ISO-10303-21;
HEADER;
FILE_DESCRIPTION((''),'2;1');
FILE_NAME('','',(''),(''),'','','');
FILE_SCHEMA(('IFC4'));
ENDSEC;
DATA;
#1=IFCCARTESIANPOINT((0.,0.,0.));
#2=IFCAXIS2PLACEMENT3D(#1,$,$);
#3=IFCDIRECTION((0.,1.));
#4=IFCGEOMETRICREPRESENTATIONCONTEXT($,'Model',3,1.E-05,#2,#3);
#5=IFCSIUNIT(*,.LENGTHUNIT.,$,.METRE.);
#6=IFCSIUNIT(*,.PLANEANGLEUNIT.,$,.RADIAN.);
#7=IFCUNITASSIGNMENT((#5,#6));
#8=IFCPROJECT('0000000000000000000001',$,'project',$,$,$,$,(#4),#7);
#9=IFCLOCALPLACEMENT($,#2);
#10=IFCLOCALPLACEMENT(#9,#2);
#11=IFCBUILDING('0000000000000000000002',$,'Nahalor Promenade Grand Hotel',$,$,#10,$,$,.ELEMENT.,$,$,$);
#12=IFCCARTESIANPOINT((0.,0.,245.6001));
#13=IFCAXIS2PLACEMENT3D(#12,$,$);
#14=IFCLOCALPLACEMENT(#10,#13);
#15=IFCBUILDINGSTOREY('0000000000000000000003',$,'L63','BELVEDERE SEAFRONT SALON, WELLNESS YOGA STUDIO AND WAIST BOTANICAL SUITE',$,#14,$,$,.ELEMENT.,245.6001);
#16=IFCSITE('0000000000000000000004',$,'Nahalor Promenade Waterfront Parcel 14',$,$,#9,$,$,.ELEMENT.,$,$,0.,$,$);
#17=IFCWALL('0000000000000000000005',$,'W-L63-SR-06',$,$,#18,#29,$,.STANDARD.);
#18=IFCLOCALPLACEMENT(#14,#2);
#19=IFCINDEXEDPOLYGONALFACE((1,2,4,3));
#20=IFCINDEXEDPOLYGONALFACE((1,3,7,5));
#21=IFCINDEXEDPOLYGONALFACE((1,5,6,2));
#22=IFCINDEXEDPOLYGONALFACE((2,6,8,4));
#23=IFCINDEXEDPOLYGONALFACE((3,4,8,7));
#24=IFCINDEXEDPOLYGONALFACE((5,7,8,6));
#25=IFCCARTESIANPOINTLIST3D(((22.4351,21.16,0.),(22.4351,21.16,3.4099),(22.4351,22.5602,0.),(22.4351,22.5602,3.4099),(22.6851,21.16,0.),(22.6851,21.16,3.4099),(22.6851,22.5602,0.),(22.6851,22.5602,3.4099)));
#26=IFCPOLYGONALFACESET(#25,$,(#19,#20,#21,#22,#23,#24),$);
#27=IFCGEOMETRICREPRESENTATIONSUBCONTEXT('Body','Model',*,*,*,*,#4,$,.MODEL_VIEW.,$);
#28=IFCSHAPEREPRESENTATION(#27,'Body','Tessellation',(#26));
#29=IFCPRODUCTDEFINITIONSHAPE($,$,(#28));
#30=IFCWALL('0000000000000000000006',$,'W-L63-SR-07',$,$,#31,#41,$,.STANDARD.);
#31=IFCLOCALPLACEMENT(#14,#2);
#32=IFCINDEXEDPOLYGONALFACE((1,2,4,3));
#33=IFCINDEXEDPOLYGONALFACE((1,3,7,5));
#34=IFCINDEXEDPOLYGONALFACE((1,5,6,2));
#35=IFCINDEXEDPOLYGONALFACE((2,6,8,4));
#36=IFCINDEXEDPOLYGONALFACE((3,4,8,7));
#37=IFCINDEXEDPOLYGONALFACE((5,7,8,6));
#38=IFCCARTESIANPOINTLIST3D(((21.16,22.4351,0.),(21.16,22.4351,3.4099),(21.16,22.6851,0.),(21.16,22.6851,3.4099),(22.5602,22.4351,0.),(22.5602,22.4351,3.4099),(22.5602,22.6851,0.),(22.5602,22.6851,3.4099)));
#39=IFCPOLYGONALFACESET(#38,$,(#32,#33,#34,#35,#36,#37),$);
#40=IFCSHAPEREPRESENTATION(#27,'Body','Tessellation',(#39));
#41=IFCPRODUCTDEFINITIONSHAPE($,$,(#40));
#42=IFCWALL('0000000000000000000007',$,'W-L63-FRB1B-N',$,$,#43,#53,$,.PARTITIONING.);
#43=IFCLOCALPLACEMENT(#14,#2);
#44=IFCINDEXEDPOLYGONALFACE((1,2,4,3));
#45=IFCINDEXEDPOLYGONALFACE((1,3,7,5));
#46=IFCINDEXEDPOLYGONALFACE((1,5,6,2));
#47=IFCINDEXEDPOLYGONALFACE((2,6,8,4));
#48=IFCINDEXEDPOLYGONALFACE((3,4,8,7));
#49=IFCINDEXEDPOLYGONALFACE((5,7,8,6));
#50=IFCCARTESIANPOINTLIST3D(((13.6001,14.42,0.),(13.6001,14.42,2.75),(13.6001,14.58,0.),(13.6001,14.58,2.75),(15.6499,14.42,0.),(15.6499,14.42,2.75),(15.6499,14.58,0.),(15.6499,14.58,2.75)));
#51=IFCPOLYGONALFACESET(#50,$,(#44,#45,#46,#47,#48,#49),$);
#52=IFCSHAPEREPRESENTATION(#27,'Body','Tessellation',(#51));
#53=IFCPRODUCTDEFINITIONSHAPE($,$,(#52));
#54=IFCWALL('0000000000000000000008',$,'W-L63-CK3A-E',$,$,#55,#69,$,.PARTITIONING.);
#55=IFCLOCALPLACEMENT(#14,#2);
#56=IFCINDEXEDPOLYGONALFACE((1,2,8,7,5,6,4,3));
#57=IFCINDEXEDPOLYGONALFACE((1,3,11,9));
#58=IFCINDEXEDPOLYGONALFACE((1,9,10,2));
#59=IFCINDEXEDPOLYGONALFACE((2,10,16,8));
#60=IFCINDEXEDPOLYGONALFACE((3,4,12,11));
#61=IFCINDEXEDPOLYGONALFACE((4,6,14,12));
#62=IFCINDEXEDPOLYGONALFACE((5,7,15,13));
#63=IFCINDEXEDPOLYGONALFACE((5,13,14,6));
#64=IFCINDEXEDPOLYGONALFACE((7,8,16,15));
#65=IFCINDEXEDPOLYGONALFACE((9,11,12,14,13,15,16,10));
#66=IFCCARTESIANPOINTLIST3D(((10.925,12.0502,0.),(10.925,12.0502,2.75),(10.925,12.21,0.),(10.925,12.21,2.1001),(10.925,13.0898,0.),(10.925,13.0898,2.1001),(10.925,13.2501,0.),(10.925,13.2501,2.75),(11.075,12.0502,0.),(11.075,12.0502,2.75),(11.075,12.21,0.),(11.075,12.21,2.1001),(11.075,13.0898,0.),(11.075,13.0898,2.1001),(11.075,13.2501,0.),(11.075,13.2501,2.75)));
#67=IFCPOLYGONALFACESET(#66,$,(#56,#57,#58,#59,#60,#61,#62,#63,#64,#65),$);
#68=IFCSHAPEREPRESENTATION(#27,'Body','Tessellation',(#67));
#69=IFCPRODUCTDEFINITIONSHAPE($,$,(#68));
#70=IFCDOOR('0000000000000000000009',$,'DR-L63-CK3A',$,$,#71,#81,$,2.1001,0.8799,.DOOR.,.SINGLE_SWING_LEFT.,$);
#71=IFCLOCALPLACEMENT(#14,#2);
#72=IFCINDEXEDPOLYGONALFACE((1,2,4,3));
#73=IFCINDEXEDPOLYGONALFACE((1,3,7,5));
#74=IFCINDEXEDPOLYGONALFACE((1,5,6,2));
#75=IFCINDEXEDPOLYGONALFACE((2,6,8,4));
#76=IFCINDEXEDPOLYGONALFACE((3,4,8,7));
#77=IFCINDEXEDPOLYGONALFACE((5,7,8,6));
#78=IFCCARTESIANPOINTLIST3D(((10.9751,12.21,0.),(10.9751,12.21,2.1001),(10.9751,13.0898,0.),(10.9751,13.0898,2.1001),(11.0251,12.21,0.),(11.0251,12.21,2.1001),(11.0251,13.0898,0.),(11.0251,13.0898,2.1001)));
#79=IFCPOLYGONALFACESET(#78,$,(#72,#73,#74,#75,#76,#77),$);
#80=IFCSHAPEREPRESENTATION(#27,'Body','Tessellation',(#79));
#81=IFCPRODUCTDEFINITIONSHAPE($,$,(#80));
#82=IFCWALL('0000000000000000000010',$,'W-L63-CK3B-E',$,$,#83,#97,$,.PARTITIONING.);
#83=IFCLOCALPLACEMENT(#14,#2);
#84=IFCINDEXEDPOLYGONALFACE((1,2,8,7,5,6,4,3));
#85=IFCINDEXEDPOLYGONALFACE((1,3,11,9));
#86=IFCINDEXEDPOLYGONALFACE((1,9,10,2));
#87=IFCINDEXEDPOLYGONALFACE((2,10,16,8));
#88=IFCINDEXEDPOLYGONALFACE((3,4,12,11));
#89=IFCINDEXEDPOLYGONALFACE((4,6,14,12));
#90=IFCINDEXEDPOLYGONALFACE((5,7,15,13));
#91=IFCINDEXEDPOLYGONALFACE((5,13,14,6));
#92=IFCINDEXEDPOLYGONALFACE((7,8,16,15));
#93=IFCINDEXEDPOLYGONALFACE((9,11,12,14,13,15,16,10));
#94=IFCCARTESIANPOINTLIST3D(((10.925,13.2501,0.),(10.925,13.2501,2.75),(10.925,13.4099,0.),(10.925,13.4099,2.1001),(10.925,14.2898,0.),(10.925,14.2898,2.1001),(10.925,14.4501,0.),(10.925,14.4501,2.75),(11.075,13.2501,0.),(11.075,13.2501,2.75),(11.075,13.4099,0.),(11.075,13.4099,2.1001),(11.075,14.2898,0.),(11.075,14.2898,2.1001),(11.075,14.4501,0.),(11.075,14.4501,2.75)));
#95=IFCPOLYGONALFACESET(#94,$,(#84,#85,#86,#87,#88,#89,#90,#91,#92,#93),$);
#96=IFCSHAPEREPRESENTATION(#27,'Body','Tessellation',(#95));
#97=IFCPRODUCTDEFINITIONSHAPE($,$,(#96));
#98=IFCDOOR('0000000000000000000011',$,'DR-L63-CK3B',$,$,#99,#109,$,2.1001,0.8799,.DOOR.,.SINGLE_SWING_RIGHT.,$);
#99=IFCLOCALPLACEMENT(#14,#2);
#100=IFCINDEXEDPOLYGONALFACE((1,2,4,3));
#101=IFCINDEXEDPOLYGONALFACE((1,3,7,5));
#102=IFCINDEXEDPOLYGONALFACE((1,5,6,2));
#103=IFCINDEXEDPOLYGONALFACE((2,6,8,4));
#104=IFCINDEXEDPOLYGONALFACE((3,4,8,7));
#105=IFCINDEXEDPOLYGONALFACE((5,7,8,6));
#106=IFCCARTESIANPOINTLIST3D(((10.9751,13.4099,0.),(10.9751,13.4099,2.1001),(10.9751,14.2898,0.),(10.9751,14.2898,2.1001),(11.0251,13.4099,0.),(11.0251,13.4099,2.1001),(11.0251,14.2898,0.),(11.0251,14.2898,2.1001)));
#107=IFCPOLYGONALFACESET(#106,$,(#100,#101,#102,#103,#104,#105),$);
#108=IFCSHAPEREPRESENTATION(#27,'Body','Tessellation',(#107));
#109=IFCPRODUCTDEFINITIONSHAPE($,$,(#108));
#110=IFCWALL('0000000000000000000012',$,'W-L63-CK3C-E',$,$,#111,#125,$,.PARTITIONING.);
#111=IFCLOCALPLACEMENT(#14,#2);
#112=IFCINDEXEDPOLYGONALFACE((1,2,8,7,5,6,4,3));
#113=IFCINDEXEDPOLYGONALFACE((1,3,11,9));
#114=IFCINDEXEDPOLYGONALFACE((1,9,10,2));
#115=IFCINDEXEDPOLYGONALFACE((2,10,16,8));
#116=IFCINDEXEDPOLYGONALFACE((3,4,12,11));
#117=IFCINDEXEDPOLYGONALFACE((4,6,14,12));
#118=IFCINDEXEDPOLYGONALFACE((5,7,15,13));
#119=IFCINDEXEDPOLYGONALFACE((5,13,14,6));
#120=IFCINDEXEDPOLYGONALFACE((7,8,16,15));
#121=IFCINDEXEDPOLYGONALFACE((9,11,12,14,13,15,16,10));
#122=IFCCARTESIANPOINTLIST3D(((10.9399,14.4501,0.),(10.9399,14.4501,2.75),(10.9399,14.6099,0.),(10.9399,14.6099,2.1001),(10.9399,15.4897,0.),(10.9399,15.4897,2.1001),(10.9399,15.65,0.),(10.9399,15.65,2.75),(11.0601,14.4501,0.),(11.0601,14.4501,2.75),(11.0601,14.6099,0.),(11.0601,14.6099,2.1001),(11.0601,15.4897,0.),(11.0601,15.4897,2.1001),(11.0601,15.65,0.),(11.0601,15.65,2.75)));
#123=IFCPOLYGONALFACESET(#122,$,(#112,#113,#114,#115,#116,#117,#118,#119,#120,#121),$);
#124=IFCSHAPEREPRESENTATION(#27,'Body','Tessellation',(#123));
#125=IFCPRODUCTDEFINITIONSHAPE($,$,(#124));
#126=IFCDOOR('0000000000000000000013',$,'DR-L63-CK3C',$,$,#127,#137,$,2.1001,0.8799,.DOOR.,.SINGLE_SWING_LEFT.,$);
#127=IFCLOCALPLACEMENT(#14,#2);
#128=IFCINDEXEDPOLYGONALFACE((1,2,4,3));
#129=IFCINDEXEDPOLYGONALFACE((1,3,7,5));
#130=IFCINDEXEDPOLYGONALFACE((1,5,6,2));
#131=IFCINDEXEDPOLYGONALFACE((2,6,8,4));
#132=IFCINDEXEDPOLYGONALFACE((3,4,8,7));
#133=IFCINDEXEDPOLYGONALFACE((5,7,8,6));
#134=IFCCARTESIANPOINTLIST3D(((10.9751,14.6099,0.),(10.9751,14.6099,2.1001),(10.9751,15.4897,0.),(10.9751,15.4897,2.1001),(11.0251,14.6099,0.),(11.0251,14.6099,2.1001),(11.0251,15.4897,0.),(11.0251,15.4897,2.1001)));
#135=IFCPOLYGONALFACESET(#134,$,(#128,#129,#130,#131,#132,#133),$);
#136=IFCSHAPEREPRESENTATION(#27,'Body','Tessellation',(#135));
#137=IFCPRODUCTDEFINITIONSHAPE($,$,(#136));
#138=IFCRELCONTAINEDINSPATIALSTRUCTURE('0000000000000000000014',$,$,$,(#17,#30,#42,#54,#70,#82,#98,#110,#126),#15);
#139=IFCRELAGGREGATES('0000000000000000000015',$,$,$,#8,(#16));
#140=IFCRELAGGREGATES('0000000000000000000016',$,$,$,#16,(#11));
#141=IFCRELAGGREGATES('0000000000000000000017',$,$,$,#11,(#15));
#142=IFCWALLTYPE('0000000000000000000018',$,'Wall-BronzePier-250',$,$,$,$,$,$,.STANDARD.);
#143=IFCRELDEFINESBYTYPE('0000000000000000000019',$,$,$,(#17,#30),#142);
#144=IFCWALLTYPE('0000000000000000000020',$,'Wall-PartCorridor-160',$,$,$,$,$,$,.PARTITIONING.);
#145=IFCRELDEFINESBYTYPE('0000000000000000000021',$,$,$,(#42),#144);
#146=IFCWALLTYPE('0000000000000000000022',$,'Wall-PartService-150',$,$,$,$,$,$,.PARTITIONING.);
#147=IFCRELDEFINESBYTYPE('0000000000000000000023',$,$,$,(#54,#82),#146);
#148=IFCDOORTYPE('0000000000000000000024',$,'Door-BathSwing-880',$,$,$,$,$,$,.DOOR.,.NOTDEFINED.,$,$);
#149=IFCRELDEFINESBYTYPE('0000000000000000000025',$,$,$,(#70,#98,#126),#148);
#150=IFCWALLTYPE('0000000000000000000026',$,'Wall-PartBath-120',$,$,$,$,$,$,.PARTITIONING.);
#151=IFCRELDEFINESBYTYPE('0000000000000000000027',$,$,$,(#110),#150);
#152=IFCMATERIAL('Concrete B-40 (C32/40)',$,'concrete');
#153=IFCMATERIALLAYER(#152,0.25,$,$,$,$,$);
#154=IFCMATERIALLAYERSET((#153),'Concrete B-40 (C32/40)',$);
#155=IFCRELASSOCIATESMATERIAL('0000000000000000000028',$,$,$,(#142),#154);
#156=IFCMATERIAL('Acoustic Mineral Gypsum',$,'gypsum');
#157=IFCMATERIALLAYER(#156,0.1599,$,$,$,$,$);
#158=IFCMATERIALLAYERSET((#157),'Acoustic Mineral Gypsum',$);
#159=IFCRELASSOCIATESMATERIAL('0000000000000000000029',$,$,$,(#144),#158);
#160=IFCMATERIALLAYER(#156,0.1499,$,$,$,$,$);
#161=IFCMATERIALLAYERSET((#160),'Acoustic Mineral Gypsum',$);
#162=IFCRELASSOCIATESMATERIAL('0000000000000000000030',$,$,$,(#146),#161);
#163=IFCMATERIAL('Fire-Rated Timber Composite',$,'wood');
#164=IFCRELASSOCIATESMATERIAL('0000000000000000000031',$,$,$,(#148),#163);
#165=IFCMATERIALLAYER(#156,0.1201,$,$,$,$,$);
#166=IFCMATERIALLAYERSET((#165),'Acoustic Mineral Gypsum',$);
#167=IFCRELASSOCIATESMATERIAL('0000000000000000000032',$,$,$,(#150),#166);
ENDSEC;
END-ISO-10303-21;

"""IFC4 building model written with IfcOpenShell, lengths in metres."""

from ifc_helpers import new_model, si_unit, direction, frame, frame_2d, origin, place, context, subcontext, project, spatial, rectangle, extrude, source, transform, mapped, material, layer, layer_set, type_object, element, fill, save


model = new_model("IFC4")

# Units and contexts
model_context = context("Model", 3, precision=1e-05, world=origin(), true_north=direction((0.0, 1.0)))
body_context = subcontext(model_context, "Body", "Model", "MODEL_VIEW")
ifc_project = project(units=[si_unit("LENGTHUNIT", "METRE"), si_unit("PLANEANGLEUNIT", "RADIAN")], contexts=[model_context])

# Site, building, storey
site_placement = place(None, origin())
site = spatial("IfcSite", under=ifc_project, at=site_placement, Name="Nahalor Promenade Waterfront Parcel 14", CompositionType="ELEMENT", RefElevation=0.0)
building_placement = place(site_placement, origin())
building = spatial("IfcBuilding", under=site, at=building_placement, Name="Nahalor Promenade Grand Hotel", CompositionType="ELEMENT")
storey_placement = place(building_placement, frame((0.0, 0.0, 245.6001)))
storey = spatial("IfcBuildingStorey", under=building, at=storey_placement, Name="L63", Description="BELVEDERE SEAFRONT SALON, WELLNESS YOGA STUDIO AND WAIST BOTANICAL SUITE", CompositionType="ELEMENT", Elevation=245.6001)

# Walls
ifc_material_1 = material(Name="Concrete B-40 (C32/40)", Category="concrete")
ifc_layer_1 = layer(ifc_material_1, 0.25)
ifc_layer_set_1 = layer_set([ifc_layer_1], Name="Concrete B-40 (C32/40)")
wall_type_1 = type_object("IfcWallType", Name="Wall-BronzePier-250", PredefinedType="STANDARD", material=ifc_layer_set_1)
shared_shape_1 = source(origin(), body_context, "Body", "SweptSolid", [
    extrude(rectangle(XDim=1.4001, YDim=0.25, at=frame_2d((0.7002, 0.0))), origin(), (0.0, 0.0, 1.0), 3.4099),
])
for number, where, z_axis, x_axis, name in (
    (1, (22.5601, 21.1599, 0.0), (0.0, 0.0, 1.0), (0.0, 1.0, 0.0), "W-L63-SR-06"),
    (2, (21.1599, 22.5601, 0.0), (0.0, 0.0, 1.0), (1.0, 0.0, 0.0), "W-L63-SR-07"),
):
    element("IfcWall", number, at=place(storey_placement, frame(where, z_axis=z_axis, x_axis=x_axis)), inside=storey, type_object=wall_type_1, Name=name, PredefinedType="STANDARD", context=body_context, shape_type="MappedRepresentation", body=[
        mapped(shared_shape_1, transform((0.0, 0.0, 0.0), scale=1.0)),
    ])
ifc_material_2 = material(Name="Acoustic Mineral Gypsum", Category="gypsum")
ifc_layer_2 = layer(ifc_material_2, 0.1599)
ifc_layer_set_2 = layer_set([ifc_layer_2], Name="Acoustic Mineral Gypsum")
wall_type_2 = type_object("IfcWallType", Name="Wall-PartCorridor-160", PredefinedType="PARTITIONING", material=ifc_layer_set_2)
shared_shape_2 = source(origin(), body_context, "Body", "SweptSolid", [
    extrude(rectangle(XDim=2.0498, YDim=0.1599, at=frame_2d((1.0249, 0.0))), origin(), (0.0, 0.0, 1.0), 2.75),
])
wall_1_placement = place(storey_placement, frame((13.6001, 14.5, 0.0), z_axis=(0.0, 0.0, 1.0), x_axis=(1.0, 0.0, 0.0)))
element("IfcWall", 3, at=wall_1_placement, inside=storey, type_object=wall_type_2, Name="W-L63-FRB1B-N", PredefinedType="PARTITIONING", context=body_context, shape_type="MappedRepresentation", body=[
    mapped(shared_shape_2, transform((0.0, 0.0, 0.0), scale=1.0)),
])

# Walls, openings, doors
ifc_layer_3 = layer(ifc_material_2, 0.1499)
ifc_layer_set_3 = layer_set([ifc_layer_3], Name="Acoustic Mineral Gypsum")
wall_type_3 = type_object("IfcWallType", Name="Wall-PartService-150", PredefinedType="PARTITIONING", material=ifc_layer_set_3)
shared_shape_3 = source(origin(), body_context, "Body", "SweptSolid", [
    extrude(rectangle(XDim=1.2, YDim=0.1499, at=frame_2d((0.6001, 0.0))), origin(), (0.0, 0.0, 1.0), 2.75),
])
wall_2_placement = place(storey_placement, frame((11.0, 12.05, 0.0), z_axis=(0.0, 0.0, 1.0), x_axis=(0.0, 1.0, 0.0)))
wall_2 = element("IfcWall", 4, at=wall_2_placement, inside=storey, type_object=wall_type_3, Name="W-L63-CK3A-E", PredefinedType="PARTITIONING", context=body_context, shape_type="MappedRepresentation", body=[
    mapped(shared_shape_3, transform((0.0, 0.0, 0.0), scale=1.0)),
])
opening_1_placement = place(wall_2_placement, frame((0.1599, 0.0, 0.0)))
opening_1 = element("IfcOpeningElement", 5, at=opening_1_placement, cuts=wall_2, PredefinedType="OPENING", context=body_context, shape_type="SweptSolid", body=[
    extrude(rectangle(XDim=0.8799, YDim=2.1001, at=frame_2d((0.4399, 1.05))), frame((0.0, 0.085, 0.0), z_axis=(0.0, -1.0, 0.0), x_axis=(1.0, 0.0, 0.0)), (0.0, 0.0, 1.0), 0.1699),
])
ifc_material_3 = material(Name="Fire-Rated Timber Composite", Category="wood")
door_type_1 = type_object("IfcDoorType", Name="Door-BathSwing-880", OperationType="NOTDEFINED", PredefinedType="DOOR", material=ifc_material_3)
shared_shape_4 = source(origin(), body_context, "Body", "SweptSolid", [
    extrude(rectangle(XDim=0.8799, YDim=2.1001, at=frame_2d((0.4399, 1.05))), frame((0.0, 0.0249, 0.0), z_axis=(0.0, -1.0, 0.0), x_axis=(1.0, 0.0, 0.0)), (0.0, 0.0, 1.0), 0.05),
])
door_1_placement = place(opening_1_placement, origin())
door_1 = element("IfcDoor", 6, at=door_1_placement, inside=storey, type_object=door_type_1, Name="DR-L63-CK3A", OperationType="SINGLE_SWING_LEFT", OverallHeight=2.1001, OverallWidth=0.8799, PredefinedType="DOOR", context=body_context, shape_type="MappedRepresentation", body=[
    mapped(shared_shape_4, transform((0.0, 0.0, 0.0), scale=1.0)),
])
fill(opening_1, door_1)
wall_3_placement = place(storey_placement, frame((11.0, 13.25, 0.0), z_axis=(0.0, 0.0, 1.0), x_axis=(0.0, 1.0, 0.0)))
wall_3 = element("IfcWall", 7, at=wall_3_placement, inside=storey, type_object=wall_type_3, Name="W-L63-CK3B-E", PredefinedType="PARTITIONING", context=body_context, shape_type="MappedRepresentation", body=[
    mapped(shared_shape_3, transform((0.0, 0.0, 0.0), scale=1.0)),
])
opening_2_placement = place(wall_3_placement, frame((0.1599, 0.0, 0.0)))
opening_2 = element("IfcOpeningElement", 8, at=opening_2_placement, cuts=wall_3, PredefinedType="OPENING", context=body_context, shape_type="SweptSolid", body=[
    extrude(rectangle(XDim=0.8799, YDim=2.1001, at=frame_2d((0.4399, 1.05))), frame((0.0, 0.085, 0.0), z_axis=(0.0, -1.0, 0.0), x_axis=(1.0, 0.0, 0.0)), (0.0, 0.0, 1.0), 0.1699),
])
door_2_placement = place(opening_2_placement, origin())
door_2 = element("IfcDoor", 9, at=door_2_placement, inside=storey, type_object=door_type_1, Name="DR-L63-CK3B", OperationType="SINGLE_SWING_RIGHT", OverallHeight=2.1001, OverallWidth=0.8799, PredefinedType="DOOR", context=body_context, shape_type="MappedRepresentation", body=[
    mapped(shared_shape_4, transform((0.0, 0.0, 0.0), scale=1.0)),
])
fill(opening_2, door_2)
ifc_layer_4 = layer(ifc_material_2, 0.1201)
ifc_layer_set_4 = layer_set([ifc_layer_4], Name="Acoustic Mineral Gypsum")
wall_type_4 = type_object("IfcWallType", Name="Wall-PartBath-120", PredefinedType="PARTITIONING", material=ifc_layer_set_4)
shared_shape_5 = source(origin(), body_context, "Body", "SweptSolid", [
    extrude(rectangle(XDim=1.2, YDim=0.1201, at=frame_2d((0.6001, 0.0))), origin(), (0.0, 0.0, 1.0), 2.75),
])
wall_4_placement = place(storey_placement, frame((11.0, 14.45, 0.0), z_axis=(0.0, 0.0, 1.0), x_axis=(0.0, 1.0, 0.0)))
wall_4 = element("IfcWall", 10, at=wall_4_placement, inside=storey, type_object=wall_type_4, Name="W-L63-CK3C-E", PredefinedType="PARTITIONING", context=body_context, shape_type="MappedRepresentation", body=[
    mapped(shared_shape_5, transform((0.0, 0.0, 0.0), scale=1.0)),
])
opening_3_placement = place(wall_4_placement, frame((0.1599, 0.0, 0.0)))
opening_3 = element("IfcOpeningElement", 11, at=opening_3_placement, cuts=wall_4, PredefinedType="OPENING", context=body_context, shape_type="SweptSolid", body=[
    extrude(rectangle(XDim=0.8799, YDim=2.1001, at=frame_2d((0.4399, 1.05))), frame((0.0, 0.0701, 0.0), z_axis=(0.0, -1.0, 0.0), x_axis=(1.0, 0.0, 0.0)), (0.0, 0.0, 1.0), 0.1401),
])
door_3_placement = place(opening_3_placement, origin())
door_3 = element("IfcDoor", 12, at=door_3_placement, inside=storey, type_object=door_type_1, Name="DR-L63-CK3C", OperationType="SINGLE_SWING_LEFT", OverallHeight=2.1001, OverallWidth=0.8799, PredefinedType="DOOR", context=body_context, shape_type="MappedRepresentation", body=[
    mapped(shared_shape_4, transform((0.0, 0.0, 0.0), scale=1.0)),
])
fill(opening_3, door_3)

save(model, "model.ifc")
